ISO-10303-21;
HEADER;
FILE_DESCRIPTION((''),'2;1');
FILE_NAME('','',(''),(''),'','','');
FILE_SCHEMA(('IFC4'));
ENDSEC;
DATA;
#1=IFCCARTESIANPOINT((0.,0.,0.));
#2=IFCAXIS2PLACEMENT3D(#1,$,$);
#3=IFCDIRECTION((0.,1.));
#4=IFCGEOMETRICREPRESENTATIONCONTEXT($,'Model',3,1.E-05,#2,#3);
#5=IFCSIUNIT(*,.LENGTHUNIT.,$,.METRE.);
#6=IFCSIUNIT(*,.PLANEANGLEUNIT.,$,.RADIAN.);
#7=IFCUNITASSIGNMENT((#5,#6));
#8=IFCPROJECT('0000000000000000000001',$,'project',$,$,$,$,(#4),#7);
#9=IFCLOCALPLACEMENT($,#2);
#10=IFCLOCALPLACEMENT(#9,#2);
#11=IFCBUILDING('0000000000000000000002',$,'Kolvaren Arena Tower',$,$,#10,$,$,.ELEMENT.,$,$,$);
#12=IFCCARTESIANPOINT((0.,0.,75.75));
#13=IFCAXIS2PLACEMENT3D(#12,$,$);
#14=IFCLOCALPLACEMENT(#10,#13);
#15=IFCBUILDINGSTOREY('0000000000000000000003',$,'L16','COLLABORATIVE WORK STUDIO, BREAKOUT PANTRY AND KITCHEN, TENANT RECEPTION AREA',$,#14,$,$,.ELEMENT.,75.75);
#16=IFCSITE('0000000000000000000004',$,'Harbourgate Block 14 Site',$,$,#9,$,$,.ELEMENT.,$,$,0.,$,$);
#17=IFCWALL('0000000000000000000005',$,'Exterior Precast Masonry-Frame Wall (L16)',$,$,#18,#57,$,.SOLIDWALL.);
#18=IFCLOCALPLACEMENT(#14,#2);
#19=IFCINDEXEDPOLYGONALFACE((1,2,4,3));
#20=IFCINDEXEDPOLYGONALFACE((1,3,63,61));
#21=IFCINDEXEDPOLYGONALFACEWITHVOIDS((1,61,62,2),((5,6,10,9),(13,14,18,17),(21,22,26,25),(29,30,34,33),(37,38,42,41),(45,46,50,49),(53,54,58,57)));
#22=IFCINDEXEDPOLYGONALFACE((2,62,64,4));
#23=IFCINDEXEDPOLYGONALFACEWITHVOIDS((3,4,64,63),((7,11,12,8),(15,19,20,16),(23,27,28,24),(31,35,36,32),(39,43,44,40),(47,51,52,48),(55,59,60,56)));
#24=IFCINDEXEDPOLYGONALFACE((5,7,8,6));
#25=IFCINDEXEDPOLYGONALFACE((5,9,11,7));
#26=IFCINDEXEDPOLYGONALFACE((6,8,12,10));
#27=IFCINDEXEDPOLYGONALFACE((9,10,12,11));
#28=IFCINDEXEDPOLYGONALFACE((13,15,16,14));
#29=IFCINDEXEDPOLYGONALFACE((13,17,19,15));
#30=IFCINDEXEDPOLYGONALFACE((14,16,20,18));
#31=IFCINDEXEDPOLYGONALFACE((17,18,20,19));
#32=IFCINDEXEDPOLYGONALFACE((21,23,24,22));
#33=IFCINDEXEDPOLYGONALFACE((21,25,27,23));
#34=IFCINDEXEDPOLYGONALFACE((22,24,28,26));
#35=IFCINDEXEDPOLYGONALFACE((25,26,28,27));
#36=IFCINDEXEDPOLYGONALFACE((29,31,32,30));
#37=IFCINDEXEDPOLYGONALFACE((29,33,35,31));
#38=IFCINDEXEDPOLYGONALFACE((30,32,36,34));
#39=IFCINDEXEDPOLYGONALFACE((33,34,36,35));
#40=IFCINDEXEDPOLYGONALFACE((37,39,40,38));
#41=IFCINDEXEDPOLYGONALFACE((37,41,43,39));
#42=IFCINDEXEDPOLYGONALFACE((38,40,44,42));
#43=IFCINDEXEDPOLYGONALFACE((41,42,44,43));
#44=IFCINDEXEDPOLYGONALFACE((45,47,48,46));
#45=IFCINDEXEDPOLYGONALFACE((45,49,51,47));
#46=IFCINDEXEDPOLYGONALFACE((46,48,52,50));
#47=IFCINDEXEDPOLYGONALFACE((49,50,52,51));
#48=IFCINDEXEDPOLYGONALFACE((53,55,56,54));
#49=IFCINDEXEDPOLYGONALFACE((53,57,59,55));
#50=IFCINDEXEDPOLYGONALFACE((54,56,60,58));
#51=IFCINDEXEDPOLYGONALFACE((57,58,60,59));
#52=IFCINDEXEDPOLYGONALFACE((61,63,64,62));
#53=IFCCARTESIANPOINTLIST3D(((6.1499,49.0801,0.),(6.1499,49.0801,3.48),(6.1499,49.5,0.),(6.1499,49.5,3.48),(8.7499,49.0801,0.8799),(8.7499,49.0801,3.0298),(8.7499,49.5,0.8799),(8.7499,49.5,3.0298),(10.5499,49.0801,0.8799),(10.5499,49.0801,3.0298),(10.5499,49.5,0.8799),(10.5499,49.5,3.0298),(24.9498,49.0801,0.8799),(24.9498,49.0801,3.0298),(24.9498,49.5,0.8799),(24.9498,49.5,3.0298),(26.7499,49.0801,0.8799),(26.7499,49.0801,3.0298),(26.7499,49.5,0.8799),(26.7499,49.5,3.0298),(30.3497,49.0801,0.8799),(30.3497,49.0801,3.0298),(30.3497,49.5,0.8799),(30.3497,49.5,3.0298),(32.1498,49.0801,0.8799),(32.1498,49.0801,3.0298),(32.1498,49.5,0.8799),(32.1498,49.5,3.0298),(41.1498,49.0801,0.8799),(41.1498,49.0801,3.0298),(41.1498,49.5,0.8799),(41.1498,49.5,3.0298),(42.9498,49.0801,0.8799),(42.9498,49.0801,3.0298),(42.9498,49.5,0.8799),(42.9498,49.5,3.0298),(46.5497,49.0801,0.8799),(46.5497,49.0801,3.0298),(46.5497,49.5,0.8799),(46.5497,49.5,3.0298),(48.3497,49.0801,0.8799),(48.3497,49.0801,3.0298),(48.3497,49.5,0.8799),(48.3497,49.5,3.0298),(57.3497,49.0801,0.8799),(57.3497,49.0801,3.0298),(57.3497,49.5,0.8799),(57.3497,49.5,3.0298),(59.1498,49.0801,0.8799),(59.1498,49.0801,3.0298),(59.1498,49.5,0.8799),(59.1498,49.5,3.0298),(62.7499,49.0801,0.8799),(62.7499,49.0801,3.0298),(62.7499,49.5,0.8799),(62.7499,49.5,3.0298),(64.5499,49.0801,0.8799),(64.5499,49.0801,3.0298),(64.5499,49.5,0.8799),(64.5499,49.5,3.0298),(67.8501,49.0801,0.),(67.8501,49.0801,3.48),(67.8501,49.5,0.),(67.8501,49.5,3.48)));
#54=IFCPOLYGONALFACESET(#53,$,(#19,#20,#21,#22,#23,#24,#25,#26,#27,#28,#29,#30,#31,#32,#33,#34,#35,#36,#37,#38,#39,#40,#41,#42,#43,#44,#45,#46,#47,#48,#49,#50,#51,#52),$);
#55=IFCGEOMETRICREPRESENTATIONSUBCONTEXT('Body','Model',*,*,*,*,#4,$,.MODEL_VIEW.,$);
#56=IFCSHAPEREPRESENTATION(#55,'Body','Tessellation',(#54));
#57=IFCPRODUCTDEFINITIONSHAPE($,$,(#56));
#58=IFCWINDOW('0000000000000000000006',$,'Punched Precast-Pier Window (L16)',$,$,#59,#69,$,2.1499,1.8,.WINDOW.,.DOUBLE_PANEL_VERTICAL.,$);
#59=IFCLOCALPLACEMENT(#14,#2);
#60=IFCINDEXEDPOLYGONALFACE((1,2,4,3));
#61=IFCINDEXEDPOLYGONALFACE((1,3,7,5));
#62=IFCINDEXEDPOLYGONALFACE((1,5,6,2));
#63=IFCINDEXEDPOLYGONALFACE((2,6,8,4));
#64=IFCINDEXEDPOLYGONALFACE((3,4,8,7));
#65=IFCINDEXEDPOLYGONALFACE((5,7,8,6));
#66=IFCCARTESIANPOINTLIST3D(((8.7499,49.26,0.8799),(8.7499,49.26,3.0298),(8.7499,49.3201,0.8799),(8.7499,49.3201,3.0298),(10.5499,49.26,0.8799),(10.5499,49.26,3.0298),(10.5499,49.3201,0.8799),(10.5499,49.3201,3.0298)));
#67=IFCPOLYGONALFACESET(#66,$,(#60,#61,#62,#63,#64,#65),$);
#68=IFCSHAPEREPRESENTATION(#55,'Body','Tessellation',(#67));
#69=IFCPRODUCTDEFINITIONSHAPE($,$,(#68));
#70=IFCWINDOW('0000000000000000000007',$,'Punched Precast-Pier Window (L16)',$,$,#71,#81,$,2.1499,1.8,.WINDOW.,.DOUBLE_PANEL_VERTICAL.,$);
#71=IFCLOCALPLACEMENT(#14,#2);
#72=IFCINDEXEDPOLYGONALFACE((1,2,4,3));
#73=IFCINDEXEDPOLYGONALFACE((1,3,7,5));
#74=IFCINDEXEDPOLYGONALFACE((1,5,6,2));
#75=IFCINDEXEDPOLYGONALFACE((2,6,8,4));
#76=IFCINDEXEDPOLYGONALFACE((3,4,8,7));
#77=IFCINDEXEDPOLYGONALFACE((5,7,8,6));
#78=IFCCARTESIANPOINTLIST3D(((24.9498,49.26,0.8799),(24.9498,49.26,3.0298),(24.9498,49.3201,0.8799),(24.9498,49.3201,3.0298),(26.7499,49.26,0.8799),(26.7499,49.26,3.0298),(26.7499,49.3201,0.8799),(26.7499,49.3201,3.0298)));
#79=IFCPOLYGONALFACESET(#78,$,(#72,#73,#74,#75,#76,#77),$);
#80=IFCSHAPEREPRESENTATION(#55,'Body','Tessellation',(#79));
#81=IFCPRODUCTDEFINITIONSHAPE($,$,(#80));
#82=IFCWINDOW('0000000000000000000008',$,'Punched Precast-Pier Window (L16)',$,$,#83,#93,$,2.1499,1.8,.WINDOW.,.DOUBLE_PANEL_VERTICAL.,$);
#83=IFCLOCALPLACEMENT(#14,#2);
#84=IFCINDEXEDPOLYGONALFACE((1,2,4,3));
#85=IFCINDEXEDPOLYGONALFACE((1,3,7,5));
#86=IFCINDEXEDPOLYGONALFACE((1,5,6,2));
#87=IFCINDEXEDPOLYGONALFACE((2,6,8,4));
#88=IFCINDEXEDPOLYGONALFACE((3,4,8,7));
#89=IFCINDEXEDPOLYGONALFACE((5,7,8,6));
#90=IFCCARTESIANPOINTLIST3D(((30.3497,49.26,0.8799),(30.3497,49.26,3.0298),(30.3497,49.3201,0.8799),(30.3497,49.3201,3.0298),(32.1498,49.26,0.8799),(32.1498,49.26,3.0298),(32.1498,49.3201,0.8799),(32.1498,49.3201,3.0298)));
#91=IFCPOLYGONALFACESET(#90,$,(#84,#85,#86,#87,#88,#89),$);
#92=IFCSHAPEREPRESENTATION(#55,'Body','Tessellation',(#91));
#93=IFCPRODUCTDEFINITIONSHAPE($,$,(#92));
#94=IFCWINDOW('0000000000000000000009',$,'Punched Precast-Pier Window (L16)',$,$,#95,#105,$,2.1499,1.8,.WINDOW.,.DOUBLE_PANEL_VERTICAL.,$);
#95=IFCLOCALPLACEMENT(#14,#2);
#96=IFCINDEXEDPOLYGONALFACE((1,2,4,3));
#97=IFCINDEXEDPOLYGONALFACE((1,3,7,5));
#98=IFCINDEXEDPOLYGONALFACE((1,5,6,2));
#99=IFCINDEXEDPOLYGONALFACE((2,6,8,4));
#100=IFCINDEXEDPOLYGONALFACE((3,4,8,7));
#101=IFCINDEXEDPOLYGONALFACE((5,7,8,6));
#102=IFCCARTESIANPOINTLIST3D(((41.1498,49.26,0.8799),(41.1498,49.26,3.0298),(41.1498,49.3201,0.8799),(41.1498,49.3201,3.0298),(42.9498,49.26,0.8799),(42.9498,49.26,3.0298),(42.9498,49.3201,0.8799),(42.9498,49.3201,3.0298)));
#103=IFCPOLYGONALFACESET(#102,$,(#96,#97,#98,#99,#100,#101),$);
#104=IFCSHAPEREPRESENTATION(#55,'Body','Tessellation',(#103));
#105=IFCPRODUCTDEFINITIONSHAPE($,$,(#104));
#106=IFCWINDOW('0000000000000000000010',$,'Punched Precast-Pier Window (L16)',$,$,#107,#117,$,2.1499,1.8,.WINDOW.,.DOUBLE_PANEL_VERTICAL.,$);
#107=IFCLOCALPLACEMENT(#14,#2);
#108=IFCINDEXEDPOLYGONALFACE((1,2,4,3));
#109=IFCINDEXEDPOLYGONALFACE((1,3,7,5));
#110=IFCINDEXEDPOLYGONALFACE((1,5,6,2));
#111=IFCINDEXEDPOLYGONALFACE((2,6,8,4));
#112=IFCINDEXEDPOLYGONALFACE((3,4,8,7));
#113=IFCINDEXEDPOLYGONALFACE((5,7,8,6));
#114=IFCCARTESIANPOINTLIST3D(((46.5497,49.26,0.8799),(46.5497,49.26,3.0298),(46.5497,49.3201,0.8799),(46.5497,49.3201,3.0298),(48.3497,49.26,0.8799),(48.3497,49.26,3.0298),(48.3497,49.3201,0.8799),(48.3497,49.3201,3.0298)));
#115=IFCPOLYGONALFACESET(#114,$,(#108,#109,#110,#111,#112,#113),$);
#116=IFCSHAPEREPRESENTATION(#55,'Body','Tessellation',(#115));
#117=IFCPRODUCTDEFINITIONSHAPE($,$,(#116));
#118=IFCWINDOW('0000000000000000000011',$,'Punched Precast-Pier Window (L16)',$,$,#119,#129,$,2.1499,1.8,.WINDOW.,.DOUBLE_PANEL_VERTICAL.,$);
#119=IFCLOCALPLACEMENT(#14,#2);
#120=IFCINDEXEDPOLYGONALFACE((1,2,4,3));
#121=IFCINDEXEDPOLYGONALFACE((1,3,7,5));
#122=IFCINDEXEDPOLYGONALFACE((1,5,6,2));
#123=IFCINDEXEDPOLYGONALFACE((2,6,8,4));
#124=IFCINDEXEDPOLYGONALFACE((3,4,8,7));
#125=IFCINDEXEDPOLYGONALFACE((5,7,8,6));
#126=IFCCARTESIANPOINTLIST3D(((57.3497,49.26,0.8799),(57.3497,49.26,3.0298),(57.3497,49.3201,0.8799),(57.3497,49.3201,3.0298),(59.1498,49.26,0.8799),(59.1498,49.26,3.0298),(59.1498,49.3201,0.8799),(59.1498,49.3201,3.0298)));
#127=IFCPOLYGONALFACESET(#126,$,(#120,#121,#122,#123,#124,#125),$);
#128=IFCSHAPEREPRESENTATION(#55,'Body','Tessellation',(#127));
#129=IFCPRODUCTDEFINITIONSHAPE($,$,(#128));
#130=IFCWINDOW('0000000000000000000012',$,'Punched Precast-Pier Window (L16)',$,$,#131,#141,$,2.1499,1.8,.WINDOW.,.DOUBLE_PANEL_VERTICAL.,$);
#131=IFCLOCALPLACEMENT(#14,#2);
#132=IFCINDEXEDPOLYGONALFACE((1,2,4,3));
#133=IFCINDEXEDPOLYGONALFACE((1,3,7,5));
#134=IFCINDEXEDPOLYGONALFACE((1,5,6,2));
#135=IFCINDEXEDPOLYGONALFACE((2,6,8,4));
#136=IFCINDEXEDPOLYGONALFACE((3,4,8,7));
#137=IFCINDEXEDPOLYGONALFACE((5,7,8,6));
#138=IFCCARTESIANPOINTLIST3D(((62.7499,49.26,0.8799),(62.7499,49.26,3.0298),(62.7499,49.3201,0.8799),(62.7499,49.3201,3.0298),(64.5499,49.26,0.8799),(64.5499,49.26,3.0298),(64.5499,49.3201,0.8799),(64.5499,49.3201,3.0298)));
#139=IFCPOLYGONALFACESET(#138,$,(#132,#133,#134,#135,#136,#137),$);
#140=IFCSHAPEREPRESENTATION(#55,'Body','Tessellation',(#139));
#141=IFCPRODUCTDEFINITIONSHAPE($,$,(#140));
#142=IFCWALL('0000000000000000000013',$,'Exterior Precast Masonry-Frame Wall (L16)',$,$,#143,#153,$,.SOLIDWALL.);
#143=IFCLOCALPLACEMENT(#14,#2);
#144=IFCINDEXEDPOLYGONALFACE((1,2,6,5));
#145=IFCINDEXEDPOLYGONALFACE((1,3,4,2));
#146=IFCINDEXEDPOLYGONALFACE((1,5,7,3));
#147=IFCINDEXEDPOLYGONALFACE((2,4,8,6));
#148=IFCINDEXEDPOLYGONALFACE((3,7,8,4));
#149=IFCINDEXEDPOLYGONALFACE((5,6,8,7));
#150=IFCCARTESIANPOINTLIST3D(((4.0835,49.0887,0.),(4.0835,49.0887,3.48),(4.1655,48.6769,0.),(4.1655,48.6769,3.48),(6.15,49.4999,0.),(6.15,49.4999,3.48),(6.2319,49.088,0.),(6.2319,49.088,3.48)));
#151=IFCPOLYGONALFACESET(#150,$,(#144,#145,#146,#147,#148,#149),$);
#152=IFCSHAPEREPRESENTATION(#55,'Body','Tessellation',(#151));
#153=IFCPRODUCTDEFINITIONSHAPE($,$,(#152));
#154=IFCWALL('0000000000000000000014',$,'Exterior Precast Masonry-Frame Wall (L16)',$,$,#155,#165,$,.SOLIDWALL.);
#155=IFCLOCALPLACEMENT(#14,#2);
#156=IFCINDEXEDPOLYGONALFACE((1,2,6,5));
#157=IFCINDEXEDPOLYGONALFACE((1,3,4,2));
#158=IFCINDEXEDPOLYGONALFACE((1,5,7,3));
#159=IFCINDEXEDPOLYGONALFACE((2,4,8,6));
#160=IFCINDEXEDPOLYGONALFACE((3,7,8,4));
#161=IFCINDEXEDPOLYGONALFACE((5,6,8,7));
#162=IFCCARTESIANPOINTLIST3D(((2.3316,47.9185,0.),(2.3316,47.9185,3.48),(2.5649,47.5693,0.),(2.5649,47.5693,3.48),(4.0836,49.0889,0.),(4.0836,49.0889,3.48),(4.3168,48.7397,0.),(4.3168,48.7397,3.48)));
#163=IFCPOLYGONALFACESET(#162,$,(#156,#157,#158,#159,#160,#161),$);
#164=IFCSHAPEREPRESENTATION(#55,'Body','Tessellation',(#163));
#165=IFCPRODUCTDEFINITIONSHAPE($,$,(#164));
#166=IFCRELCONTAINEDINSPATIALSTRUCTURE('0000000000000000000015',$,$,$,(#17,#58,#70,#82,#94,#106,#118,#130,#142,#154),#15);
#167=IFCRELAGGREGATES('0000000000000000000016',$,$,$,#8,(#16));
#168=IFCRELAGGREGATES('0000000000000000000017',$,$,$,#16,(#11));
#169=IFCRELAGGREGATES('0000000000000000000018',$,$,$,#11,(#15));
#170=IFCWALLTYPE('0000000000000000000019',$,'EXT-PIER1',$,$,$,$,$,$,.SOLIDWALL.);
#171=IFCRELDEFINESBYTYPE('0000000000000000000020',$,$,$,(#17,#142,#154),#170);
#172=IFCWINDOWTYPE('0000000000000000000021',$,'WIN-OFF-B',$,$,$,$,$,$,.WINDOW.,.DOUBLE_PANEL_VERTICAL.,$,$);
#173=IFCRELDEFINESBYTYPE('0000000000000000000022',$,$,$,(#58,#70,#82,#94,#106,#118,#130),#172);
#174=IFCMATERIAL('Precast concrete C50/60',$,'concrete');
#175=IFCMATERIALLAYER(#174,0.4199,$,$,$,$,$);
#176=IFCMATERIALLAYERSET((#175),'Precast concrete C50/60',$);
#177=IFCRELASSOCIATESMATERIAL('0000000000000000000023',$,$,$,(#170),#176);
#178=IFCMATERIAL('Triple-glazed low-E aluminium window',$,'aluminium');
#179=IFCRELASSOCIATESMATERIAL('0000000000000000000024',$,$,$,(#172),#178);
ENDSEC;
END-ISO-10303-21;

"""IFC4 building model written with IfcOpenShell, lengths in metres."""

from ifc_helpers import new_model, si_unit, direction, frame, frame_2d, origin, place, context, subcontext, project, spatial, rectangle, extrude, material, layer, layer_set, type_object, element, fill, save


model = new_model("IFC4")

# Units and contexts
model_context = context("Model", 3, precision=1e-05, world=origin(), true_north=direction((0.0, 1.0)))
body_context = subcontext(model_context, "Body", "Model", "MODEL_VIEW")
ifc_project = project(units=[si_unit("LENGTHUNIT", "METRE"), si_unit("PLANEANGLEUNIT", "RADIAN")], contexts=[model_context])

# Site, building, storey
site_placement = place(None, origin())
site = spatial("IfcSite", under=ifc_project, at=site_placement, Name="Harbourgate Block 14 Site", CompositionType="ELEMENT", RefElevation=0.0)
building_placement = place(site_placement, origin())
building = spatial("IfcBuilding", under=site, at=building_placement, Name="Kolvaren Arena Tower", CompositionType="ELEMENT")
storey_placement = place(building_placement, frame((0.0, 0.0, 75.75)))
storey = spatial("IfcBuildingStorey", under=building, at=storey_placement, Name="L16", Description="COLLABORATIVE WORK STUDIO, BREAKOUT PANTRY AND KITCHEN, TENANT RECEPTION AREA", CompositionType="ELEMENT", Elevation=75.75)

# Wall, openings, windows
ifc_material_1 = material(Name="Precast concrete C50/60", Category="concrete")
ifc_layer_1 = layer(ifc_material_1, 0.4199)
ifc_layer_set_1 = layer_set([ifc_layer_1], Name="Precast concrete C50/60")
wall_type_1 = type_object("IfcWallType", Name="EXT-PIER1", PredefinedType="SOLIDWALL", material=ifc_layer_set_1)
wall_1_placement = place(storey_placement, frame((6.1499, 49.29, 0.0), z_axis=(0.0, 0.0, 1.0), x_axis=(1.0, 0.0, 0.0)))
wall_1 = element("IfcWall", 1, at=wall_1_placement, inside=storey, type_object=wall_type_1, Name="Exterior Precast Masonry-Frame Wall (L16)", PredefinedType="SOLIDWALL", context=body_context, shape_type="SweptSolid", body=[
    extrude(rectangle(XDim=61.7002, YDim=0.4199, at=frame_2d((30.8501, 0.0))), origin(), (0.0, 0.0, 1.0), 3.48),
])
opening_1_placement = place(wall_1_placement, frame((2.6001, 0.0, 0.8799)))
opening_1 = element("IfcOpeningElement", 2, at=opening_1_placement, cuts=wall_1, PredefinedType="OPENING", context=body_context, shape_type="SweptSolid", body=[
    extrude(rectangle(XDim=1.8, YDim=2.1499, at=frame_2d((0.8999, 1.075))), frame((0.0, 0.22, 0.0), z_axis=(0.0, -1.0, 0.0), x_axis=(1.0, 0.0, 0.0)), (0.0, 0.0, 1.0), 0.4399),
])
opening_2_placement = place(wall_1_placement, frame((18.8, 0.0, 0.8799)))
opening_2 = element("IfcOpeningElement", 3, at=opening_2_placement, cuts=wall_1, PredefinedType="OPENING", context=body_context, shape_type="SweptSolid", body=[
    extrude(rectangle(XDim=1.8, YDim=2.1499, at=frame_2d((0.8999, 1.075))), frame((0.0, 0.22, 0.0), z_axis=(0.0, -1.0, 0.0), x_axis=(1.0, 0.0, 0.0)), (0.0, 0.0, 1.0), 0.4399),
])
opening_3_placement = place(wall_1_placement, frame((24.2, 0.0, 0.8799)))
opening_3 = element("IfcOpeningElement", 4, at=opening_3_placement, cuts=wall_1, PredefinedType="OPENING", context=body_context, shape_type="SweptSolid", body=[
    extrude(rectangle(XDim=1.8, YDim=2.1499, at=frame_2d((0.8999, 1.075))), frame((0.0, 0.22, 0.0), z_axis=(0.0, -1.0, 0.0), x_axis=(1.0, 0.0, 0.0)), (0.0, 0.0, 1.0), 0.4399),
])
opening_4_placement = place(wall_1_placement, frame((35.0, 0.0, 0.8799)))
opening_4 = element("IfcOpeningElement", 5, at=opening_4_placement, cuts=wall_1, PredefinedType="OPENING", context=body_context, shape_type="SweptSolid", body=[
    extrude(rectangle(XDim=1.8, YDim=2.1499, at=frame_2d((0.8999, 1.075))), frame((0.0, 0.22, 0.0), z_axis=(0.0, -1.0, 0.0), x_axis=(1.0, 0.0, 0.0)), (0.0, 0.0, 1.0), 0.4399),
])
opening_5_placement = place(wall_1_placement, frame((40.3999, 0.0, 0.8799)))
opening_5 = element("IfcOpeningElement", 6, at=opening_5_placement, cuts=wall_1, PredefinedType="OPENING", context=body_context, shape_type="SweptSolid", body=[
    extrude(rectangle(XDim=1.8, YDim=2.1499, at=frame_2d((0.8999, 1.075))), frame((0.0, 0.22, 0.0), z_axis=(0.0, -1.0, 0.0), x_axis=(1.0, 0.0, 0.0)), (0.0, 0.0, 1.0), 0.4399),
])
opening_6_placement = place(wall_1_placement, frame((51.2, 0.0, 0.8799)))
opening_6 = element("IfcOpeningElement", 7, at=opening_6_placement, cuts=wall_1, PredefinedType="OPENING", context=body_context, shape_type="SweptSolid", body=[
    extrude(rectangle(XDim=1.8, YDim=2.1499, at=frame_2d((0.8999, 1.075))), frame((0.0, 0.22, 0.0), z_axis=(0.0, -1.0, 0.0), x_axis=(1.0, 0.0, 0.0)), (0.0, 0.0, 1.0), 0.4399),
])
opening_7_placement = place(wall_1_placement, frame((56.6001, 0.0, 0.8799)))
opening_7 = element("IfcOpeningElement", 8, at=opening_7_placement, cuts=wall_1, PredefinedType="OPENING", context=body_context, shape_type="SweptSolid", body=[
    extrude(rectangle(XDim=1.8, YDim=2.1499, at=frame_2d((0.8999, 1.075))), frame((0.0, 0.22, 0.0), z_axis=(0.0, -1.0, 0.0), x_axis=(1.0, 0.0, 0.0)), (0.0, 0.0, 1.0), 0.4399),
])
ifc_material_2 = material(Name="Triple-glazed low-E aluminium window", Category="aluminium")
window_type = type_object("IfcWindowType", Name="WIN-OFF-B", PartitioningType="DOUBLE_PANEL_VERTICAL", PredefinedType="WINDOW", material=ifc_material_2)
window_1_placement = place(opening_1_placement, origin())
window_1 = element("IfcWindow", 9, at=window_1_placement, inside=storey, type_object=window_type, Name="Punched Precast-Pier Window (L16)", OverallHeight=2.1499, OverallWidth=1.8, PartitioningType="DOUBLE_PANEL_VERTICAL", PredefinedType="WINDOW", context=body_context, shape_type="SweptSolid", body=[
    extrude(rectangle(XDim=1.8, YDim=2.1499, at=frame_2d((0.8999, 1.075))), frame((0.0, 0.03, 0.0), z_axis=(0.0, -1.0, 0.0), x_axis=(1.0, 0.0, 0.0)), (0.0, 0.0, 1.0), 0.0601),
])
fill(opening_1, window_1)
window_2_placement = place(opening_2_placement, origin())
window_2 = element("IfcWindow", 10, at=window_2_placement, inside=storey, type_object=window_type, Name="Punched Precast-Pier Window (L16)", OverallHeight=2.1499, OverallWidth=1.8, PartitioningType="DOUBLE_PANEL_VERTICAL", PredefinedType="WINDOW", context=body_context, shape_type="SweptSolid", body=[
    extrude(rectangle(XDim=1.8, YDim=2.1499, at=frame_2d((0.8999, 1.075))), frame((0.0, 0.03, 0.0), z_axis=(0.0, -1.0, 0.0), x_axis=(1.0, 0.0, 0.0)), (0.0, 0.0, 1.0), 0.0601),
])
fill(opening_2, window_2)
window_3_placement = place(opening_3_placement, origin())
window_3 = element("IfcWindow", 11, at=window_3_placement, inside=storey, type_object=window_type, Name="Punched Precast-Pier Window (L16)", OverallHeight=2.1499, OverallWidth=1.8, PartitioningType="DOUBLE_PANEL_VERTICAL", PredefinedType="WINDOW", context=body_context, shape_type="SweptSolid", body=[
    extrude(rectangle(XDim=1.8, YDim=2.1499, at=frame_2d((0.8999, 1.075))), frame((0.0, 0.03, 0.0), z_axis=(0.0, -1.0, 0.0), x_axis=(1.0, 0.0, 0.0)), (0.0, 0.0, 1.0), 0.0601),
])
fill(opening_3, window_3)
window_4_placement = place(opening_4_placement, origin())
window_4 = element("IfcWindow", 12, at=window_4_placement, inside=storey, type_object=window_type, Name="Punched Precast-Pier Window (L16)", OverallHeight=2.1499, OverallWidth=1.8, PartitioningType="DOUBLE_PANEL_VERTICAL", PredefinedType="WINDOW", context=body_context, shape_type="SweptSolid", body=[
    extrude(rectangle(XDim=1.8, YDim=2.1499, at=frame_2d((0.8999, 1.075))), frame((0.0, 0.03, 0.0), z_axis=(0.0, -1.0, 0.0), x_axis=(1.0, 0.0, 0.0)), (0.0, 0.0, 1.0), 0.0601),
])
fill(opening_4, window_4)
window_5_placement = place(opening_5_placement, origin())
window_5 = element("IfcWindow", 13, at=window_5_placement, inside=storey, type_object=window_type, Name="Punched Precast-Pier Window (L16)", OverallHeight=2.1499, OverallWidth=1.8, PartitioningType="DOUBLE_PANEL_VERTICAL", PredefinedType="WINDOW", context=body_context, shape_type="SweptSolid", body=[
    extrude(rectangle(XDim=1.8, YDim=2.1499, at=frame_2d((0.8999, 1.075))), frame((0.0, 0.03, 0.0), z_axis=(0.0, -1.0, 0.0), x_axis=(1.0, 0.0, 0.0)), (0.0, 0.0, 1.0), 0.0601),
])
fill(opening_5, window_5)
window_6_placement = place(opening_6_placement, origin())
window_6 = element("IfcWindow", 14, at=window_6_placement, inside=storey, type_object=window_type, Name="Punched Precast-Pier Window (L16)", OverallHeight=2.1499, OverallWidth=1.8, PartitioningType="DOUBLE_PANEL_VERTICAL", PredefinedType="WINDOW", context=body_context, shape_type="SweptSolid", body=[
    extrude(rectangle(XDim=1.8, YDim=2.1499, at=frame_2d((0.8999, 1.075))), frame((0.0, 0.03, 0.0), z_axis=(0.0, -1.0, 0.0), x_axis=(1.0, 0.0, 0.0)), (0.0, 0.0, 1.0), 0.0601),
])
fill(opening_6, window_6)
window_7_placement = place(opening_7_placement, origin())
window_7 = element("IfcWindow", 15, at=window_7_placement, inside=storey, type_object=window_type, Name="Punched Precast-Pier Window (L16)", OverallHeight=2.1499, OverallWidth=1.8, PartitioningType="DOUBLE_PANEL_VERTICAL", PredefinedType="WINDOW", context=body_context, shape_type="SweptSolid", body=[
    extrude(rectangle(XDim=1.8, YDim=2.1499, at=frame_2d((0.8999, 1.075))), frame((0.0, 0.03, 0.0), z_axis=(0.0, -1.0, 0.0), x_axis=(1.0, 0.0, 0.0)), (0.0, 0.0, 1.0), 0.0601),
])
fill(opening_7, window_7)

# Walls
for number, where, z_axis, x_axis, name in (
    (16, (4.1245, 48.8828, 0.0), (0.0, 0.0, 1.0), (0.980776, 0.195136, 0.0), "Exterior Precast Masonry-Frame Wall (L16)"),
    (17, (2.4482, 47.7439, 0.0), (0.0, 0.0, 1.0), (0.831515, 0.555502, 0.0), "Exterior Precast Masonry-Frame Wall (L16)"),
):
    element("IfcWall", number, at=place(storey_placement, frame(where, z_axis=z_axis, x_axis=x_axis)), inside=storey, type_object=wall_type_1, Name=name, PredefinedType="SOLIDWALL", context=body_context, shape_type="SweptSolid", body=[
        extrude(rectangle(XDim=2.1069, YDim=0.4199, at=frame_2d((1.0535, 0.0))), origin(), (0.0, 0.0, 1.0), 3.48),
    ])

save(model, "model.ifc")
